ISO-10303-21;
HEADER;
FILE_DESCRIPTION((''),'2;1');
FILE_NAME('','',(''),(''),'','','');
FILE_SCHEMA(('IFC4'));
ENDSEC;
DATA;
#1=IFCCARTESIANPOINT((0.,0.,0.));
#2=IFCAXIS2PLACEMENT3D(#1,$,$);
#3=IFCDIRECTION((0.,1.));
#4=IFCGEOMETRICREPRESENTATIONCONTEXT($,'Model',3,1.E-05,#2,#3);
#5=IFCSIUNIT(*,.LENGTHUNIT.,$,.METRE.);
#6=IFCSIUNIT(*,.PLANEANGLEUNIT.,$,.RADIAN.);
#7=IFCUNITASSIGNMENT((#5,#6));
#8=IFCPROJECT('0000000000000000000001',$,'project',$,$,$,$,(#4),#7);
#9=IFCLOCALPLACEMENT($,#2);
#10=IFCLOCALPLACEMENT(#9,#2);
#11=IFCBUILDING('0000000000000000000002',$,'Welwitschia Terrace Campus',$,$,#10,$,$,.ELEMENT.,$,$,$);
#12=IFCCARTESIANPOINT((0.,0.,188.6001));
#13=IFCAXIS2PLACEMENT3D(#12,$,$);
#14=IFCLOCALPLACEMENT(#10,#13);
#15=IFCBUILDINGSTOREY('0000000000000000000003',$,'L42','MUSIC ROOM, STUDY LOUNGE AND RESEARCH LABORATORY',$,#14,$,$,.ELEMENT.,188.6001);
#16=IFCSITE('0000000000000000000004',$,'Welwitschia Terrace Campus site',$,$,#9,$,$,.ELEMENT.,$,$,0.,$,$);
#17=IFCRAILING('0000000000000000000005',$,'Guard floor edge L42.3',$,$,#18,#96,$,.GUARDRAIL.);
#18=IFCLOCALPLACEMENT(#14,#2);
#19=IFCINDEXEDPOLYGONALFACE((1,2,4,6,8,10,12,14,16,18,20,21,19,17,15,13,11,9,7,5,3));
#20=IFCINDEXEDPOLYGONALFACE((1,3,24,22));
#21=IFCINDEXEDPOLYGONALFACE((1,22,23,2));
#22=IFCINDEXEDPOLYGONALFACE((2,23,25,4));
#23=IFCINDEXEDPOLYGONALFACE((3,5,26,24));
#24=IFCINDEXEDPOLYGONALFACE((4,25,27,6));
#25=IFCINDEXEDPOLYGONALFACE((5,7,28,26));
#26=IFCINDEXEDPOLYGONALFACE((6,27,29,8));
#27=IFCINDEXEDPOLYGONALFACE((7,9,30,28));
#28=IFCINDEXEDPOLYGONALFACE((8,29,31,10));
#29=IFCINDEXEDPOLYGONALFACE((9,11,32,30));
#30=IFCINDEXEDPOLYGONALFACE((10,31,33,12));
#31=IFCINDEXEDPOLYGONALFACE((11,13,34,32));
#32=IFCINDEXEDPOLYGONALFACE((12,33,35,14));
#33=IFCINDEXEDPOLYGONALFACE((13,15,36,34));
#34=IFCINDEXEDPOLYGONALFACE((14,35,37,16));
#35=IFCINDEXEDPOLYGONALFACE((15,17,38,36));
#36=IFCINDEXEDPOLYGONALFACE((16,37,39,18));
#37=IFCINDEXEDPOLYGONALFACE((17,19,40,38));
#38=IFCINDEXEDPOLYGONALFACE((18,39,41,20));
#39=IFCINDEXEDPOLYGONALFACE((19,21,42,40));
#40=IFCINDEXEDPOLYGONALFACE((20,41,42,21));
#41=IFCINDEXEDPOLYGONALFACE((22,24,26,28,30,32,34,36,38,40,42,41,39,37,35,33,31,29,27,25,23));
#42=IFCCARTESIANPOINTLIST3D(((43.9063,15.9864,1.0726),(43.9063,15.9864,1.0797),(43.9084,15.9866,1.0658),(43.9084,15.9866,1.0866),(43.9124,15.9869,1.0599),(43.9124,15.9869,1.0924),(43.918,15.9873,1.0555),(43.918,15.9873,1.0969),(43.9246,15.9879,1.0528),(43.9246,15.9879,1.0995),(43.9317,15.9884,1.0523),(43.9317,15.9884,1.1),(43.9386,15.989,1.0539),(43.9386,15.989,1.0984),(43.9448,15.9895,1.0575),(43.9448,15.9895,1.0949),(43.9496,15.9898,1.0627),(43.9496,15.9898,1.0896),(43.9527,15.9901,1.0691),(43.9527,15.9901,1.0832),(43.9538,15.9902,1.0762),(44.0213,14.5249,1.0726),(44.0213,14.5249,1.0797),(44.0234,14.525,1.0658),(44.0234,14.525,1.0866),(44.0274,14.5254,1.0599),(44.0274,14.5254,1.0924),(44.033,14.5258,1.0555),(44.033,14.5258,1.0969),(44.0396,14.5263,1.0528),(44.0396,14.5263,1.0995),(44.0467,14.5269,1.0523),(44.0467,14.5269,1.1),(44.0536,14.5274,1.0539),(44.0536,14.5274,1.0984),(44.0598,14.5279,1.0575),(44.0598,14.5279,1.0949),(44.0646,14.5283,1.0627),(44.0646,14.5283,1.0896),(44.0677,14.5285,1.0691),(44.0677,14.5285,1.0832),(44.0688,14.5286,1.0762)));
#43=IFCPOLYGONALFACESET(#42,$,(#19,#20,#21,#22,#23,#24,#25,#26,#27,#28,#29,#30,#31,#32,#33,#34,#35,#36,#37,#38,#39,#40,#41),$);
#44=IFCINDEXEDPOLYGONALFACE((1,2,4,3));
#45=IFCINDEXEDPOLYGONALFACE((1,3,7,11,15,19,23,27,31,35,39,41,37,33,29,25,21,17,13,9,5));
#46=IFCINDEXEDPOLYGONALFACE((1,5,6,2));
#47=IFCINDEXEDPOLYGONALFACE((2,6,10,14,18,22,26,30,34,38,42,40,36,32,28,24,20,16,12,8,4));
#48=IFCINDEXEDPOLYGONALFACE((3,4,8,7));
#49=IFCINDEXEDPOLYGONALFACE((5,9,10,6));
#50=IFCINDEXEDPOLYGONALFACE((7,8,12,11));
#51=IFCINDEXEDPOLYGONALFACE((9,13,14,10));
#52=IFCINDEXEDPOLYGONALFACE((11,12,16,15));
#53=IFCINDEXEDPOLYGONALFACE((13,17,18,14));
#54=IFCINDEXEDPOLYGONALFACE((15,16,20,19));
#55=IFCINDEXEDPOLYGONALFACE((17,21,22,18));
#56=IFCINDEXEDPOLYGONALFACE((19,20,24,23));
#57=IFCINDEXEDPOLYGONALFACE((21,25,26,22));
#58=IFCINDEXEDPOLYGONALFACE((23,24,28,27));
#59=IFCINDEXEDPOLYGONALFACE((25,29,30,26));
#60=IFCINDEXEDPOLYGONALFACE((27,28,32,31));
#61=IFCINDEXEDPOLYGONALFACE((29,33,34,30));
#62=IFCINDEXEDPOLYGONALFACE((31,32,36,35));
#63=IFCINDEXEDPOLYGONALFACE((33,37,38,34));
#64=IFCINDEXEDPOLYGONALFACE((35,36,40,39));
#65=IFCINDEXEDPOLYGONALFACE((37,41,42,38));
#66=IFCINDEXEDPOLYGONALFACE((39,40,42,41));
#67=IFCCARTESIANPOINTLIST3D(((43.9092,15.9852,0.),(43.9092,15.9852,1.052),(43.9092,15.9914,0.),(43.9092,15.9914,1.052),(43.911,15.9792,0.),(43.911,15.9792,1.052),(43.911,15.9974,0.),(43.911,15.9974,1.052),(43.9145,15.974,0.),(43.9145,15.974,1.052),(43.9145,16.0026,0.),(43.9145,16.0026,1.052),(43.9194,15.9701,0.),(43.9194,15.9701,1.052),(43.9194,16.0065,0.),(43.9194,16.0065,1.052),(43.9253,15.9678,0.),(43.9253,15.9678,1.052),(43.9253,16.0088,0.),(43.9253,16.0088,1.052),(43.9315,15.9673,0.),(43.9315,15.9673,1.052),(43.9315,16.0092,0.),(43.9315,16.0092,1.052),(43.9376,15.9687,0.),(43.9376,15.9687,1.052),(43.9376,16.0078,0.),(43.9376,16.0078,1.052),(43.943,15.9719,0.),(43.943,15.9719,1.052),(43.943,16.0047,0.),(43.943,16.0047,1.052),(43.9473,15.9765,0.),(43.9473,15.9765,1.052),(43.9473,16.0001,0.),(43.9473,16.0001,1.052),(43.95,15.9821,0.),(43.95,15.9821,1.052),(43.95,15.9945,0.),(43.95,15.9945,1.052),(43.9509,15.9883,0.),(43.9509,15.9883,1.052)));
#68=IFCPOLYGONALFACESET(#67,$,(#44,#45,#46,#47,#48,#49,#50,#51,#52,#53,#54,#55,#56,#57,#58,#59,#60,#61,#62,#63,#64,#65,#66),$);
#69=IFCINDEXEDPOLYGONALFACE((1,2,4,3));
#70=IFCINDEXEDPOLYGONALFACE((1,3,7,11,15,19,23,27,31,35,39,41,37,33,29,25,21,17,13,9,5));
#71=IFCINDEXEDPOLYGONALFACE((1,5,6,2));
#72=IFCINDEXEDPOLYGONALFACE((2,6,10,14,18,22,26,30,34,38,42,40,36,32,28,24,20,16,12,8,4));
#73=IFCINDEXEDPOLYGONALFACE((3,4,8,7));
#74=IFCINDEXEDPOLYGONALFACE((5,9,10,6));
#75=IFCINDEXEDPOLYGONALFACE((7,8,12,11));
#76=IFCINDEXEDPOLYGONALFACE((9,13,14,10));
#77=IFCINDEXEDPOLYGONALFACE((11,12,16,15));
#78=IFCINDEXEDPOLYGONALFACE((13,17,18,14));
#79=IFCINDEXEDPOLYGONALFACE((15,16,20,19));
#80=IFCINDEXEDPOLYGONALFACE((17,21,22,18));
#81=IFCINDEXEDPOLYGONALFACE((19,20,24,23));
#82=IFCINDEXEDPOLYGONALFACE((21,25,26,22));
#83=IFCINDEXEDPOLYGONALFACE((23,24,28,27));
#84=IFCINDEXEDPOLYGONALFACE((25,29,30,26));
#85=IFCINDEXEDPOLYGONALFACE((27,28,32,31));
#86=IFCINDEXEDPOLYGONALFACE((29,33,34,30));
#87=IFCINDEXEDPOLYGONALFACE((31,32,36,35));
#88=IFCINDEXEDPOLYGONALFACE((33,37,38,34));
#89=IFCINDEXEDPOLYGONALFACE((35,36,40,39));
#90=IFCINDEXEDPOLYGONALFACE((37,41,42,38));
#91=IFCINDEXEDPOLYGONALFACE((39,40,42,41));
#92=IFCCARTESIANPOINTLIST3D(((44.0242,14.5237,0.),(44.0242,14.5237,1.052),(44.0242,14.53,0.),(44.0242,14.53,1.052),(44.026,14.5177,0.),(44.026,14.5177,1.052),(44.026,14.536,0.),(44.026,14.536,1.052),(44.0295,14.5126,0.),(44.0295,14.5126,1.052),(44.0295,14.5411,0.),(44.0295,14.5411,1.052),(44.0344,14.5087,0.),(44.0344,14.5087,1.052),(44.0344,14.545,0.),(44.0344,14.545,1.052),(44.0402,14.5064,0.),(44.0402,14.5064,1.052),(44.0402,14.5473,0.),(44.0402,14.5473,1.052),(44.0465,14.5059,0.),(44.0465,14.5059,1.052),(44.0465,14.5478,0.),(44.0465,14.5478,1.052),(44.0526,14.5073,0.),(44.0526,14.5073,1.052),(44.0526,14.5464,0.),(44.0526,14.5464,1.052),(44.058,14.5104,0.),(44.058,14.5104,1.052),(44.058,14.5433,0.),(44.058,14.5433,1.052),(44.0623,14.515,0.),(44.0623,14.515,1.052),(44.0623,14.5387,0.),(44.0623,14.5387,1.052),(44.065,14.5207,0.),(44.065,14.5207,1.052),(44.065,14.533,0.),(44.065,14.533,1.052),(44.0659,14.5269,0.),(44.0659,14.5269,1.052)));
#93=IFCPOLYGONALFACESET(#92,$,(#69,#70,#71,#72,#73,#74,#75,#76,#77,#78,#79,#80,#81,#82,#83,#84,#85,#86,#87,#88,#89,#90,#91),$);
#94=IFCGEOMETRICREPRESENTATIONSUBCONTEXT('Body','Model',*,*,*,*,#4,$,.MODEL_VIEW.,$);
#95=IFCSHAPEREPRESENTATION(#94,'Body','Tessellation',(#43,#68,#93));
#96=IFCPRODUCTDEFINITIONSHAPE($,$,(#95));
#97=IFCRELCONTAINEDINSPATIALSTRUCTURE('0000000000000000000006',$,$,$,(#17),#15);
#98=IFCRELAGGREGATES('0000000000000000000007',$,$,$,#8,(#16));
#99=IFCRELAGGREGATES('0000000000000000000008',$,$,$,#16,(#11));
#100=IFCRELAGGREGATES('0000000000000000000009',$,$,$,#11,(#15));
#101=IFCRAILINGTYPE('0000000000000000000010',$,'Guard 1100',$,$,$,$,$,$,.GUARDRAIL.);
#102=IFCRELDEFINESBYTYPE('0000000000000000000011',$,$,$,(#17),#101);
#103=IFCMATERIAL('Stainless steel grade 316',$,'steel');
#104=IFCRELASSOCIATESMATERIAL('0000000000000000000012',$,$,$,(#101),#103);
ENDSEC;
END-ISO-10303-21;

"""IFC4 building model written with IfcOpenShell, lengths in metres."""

from ifc_helpers import new_model, si_unit, direction, frame, origin, origin_2d, place, context, subcontext, project, spatial, circle, extrude, material, type_object, element, save


model = new_model("IFC4")

# Units and contexts
model_context = context("Model", 3, precision=1e-05, world=origin(), true_north=direction((0.0, 1.0)))
body_context = subcontext(model_context, "Body", "Model", "MODEL_VIEW")
ifc_project = project(units=[si_unit("LENGTHUNIT", "METRE"), si_unit("PLANEANGLEUNIT", "RADIAN")], contexts=[model_context])

# Site, building, storey
site_placement = place(None, origin())
site = spatial("IfcSite", under=ifc_project, at=site_placement, Name="Welwitschia Terrace Campus site", CompositionType="ELEMENT", RefElevation=0.0)
building_placement = place(site_placement, origin())
building = spatial("IfcBuilding", under=site, at=building_placement, Name="Welwitschia Terrace Campus", CompositionType="ELEMENT")
storey_placement = place(building_placement, frame((0.0, 0.0, 188.6001)))
storey = spatial("IfcBuildingStorey", under=building, at=storey_placement, Name="L42", Description="MUSIC ROOM, STUDY LOUNGE AND RESEARCH LABORATORY", CompositionType="ELEMENT", Elevation=188.6001)

# Railing
ifc_material_1 = material(Name="Stainless steel grade 316", Category="steel")
railing_type = type_object("IfcRailingType", Name="Guard 1100", PredefinedType="GUARDRAIL", material=ifc_material_1)
railing_1_placement = place(storey_placement, frame((43.9299, 15.9883, 0.0)))
element("IfcRailing", 1, at=railing_1_placement, inside=storey, type_object=railing_type, Name="Guard floor edge L42.3", PredefinedType="GUARDRAIL", context=body_context, shape_type="SweptSolid", body=[
    extrude(circle(Radius=0.0239, at=origin_2d()), frame((0.0, 0.0, 1.0762), z_axis=(0.078441, -0.996919, 0.0), x_axis=(0.996919, 0.078441, 0.0)), (0.0, 0.0, 1.0), 1.4661),
    extrude(circle(Radius=0.021, at=origin_2d()), origin(), (0.0, 0.0, 1.0), 1.052),
    extrude(circle(Radius=0.021, at=origin_2d()), frame((0.115, -1.4614, 0.0)), (0.0, 0.0, 1.0), 1.052),
])

save(model, "model.ifc")
